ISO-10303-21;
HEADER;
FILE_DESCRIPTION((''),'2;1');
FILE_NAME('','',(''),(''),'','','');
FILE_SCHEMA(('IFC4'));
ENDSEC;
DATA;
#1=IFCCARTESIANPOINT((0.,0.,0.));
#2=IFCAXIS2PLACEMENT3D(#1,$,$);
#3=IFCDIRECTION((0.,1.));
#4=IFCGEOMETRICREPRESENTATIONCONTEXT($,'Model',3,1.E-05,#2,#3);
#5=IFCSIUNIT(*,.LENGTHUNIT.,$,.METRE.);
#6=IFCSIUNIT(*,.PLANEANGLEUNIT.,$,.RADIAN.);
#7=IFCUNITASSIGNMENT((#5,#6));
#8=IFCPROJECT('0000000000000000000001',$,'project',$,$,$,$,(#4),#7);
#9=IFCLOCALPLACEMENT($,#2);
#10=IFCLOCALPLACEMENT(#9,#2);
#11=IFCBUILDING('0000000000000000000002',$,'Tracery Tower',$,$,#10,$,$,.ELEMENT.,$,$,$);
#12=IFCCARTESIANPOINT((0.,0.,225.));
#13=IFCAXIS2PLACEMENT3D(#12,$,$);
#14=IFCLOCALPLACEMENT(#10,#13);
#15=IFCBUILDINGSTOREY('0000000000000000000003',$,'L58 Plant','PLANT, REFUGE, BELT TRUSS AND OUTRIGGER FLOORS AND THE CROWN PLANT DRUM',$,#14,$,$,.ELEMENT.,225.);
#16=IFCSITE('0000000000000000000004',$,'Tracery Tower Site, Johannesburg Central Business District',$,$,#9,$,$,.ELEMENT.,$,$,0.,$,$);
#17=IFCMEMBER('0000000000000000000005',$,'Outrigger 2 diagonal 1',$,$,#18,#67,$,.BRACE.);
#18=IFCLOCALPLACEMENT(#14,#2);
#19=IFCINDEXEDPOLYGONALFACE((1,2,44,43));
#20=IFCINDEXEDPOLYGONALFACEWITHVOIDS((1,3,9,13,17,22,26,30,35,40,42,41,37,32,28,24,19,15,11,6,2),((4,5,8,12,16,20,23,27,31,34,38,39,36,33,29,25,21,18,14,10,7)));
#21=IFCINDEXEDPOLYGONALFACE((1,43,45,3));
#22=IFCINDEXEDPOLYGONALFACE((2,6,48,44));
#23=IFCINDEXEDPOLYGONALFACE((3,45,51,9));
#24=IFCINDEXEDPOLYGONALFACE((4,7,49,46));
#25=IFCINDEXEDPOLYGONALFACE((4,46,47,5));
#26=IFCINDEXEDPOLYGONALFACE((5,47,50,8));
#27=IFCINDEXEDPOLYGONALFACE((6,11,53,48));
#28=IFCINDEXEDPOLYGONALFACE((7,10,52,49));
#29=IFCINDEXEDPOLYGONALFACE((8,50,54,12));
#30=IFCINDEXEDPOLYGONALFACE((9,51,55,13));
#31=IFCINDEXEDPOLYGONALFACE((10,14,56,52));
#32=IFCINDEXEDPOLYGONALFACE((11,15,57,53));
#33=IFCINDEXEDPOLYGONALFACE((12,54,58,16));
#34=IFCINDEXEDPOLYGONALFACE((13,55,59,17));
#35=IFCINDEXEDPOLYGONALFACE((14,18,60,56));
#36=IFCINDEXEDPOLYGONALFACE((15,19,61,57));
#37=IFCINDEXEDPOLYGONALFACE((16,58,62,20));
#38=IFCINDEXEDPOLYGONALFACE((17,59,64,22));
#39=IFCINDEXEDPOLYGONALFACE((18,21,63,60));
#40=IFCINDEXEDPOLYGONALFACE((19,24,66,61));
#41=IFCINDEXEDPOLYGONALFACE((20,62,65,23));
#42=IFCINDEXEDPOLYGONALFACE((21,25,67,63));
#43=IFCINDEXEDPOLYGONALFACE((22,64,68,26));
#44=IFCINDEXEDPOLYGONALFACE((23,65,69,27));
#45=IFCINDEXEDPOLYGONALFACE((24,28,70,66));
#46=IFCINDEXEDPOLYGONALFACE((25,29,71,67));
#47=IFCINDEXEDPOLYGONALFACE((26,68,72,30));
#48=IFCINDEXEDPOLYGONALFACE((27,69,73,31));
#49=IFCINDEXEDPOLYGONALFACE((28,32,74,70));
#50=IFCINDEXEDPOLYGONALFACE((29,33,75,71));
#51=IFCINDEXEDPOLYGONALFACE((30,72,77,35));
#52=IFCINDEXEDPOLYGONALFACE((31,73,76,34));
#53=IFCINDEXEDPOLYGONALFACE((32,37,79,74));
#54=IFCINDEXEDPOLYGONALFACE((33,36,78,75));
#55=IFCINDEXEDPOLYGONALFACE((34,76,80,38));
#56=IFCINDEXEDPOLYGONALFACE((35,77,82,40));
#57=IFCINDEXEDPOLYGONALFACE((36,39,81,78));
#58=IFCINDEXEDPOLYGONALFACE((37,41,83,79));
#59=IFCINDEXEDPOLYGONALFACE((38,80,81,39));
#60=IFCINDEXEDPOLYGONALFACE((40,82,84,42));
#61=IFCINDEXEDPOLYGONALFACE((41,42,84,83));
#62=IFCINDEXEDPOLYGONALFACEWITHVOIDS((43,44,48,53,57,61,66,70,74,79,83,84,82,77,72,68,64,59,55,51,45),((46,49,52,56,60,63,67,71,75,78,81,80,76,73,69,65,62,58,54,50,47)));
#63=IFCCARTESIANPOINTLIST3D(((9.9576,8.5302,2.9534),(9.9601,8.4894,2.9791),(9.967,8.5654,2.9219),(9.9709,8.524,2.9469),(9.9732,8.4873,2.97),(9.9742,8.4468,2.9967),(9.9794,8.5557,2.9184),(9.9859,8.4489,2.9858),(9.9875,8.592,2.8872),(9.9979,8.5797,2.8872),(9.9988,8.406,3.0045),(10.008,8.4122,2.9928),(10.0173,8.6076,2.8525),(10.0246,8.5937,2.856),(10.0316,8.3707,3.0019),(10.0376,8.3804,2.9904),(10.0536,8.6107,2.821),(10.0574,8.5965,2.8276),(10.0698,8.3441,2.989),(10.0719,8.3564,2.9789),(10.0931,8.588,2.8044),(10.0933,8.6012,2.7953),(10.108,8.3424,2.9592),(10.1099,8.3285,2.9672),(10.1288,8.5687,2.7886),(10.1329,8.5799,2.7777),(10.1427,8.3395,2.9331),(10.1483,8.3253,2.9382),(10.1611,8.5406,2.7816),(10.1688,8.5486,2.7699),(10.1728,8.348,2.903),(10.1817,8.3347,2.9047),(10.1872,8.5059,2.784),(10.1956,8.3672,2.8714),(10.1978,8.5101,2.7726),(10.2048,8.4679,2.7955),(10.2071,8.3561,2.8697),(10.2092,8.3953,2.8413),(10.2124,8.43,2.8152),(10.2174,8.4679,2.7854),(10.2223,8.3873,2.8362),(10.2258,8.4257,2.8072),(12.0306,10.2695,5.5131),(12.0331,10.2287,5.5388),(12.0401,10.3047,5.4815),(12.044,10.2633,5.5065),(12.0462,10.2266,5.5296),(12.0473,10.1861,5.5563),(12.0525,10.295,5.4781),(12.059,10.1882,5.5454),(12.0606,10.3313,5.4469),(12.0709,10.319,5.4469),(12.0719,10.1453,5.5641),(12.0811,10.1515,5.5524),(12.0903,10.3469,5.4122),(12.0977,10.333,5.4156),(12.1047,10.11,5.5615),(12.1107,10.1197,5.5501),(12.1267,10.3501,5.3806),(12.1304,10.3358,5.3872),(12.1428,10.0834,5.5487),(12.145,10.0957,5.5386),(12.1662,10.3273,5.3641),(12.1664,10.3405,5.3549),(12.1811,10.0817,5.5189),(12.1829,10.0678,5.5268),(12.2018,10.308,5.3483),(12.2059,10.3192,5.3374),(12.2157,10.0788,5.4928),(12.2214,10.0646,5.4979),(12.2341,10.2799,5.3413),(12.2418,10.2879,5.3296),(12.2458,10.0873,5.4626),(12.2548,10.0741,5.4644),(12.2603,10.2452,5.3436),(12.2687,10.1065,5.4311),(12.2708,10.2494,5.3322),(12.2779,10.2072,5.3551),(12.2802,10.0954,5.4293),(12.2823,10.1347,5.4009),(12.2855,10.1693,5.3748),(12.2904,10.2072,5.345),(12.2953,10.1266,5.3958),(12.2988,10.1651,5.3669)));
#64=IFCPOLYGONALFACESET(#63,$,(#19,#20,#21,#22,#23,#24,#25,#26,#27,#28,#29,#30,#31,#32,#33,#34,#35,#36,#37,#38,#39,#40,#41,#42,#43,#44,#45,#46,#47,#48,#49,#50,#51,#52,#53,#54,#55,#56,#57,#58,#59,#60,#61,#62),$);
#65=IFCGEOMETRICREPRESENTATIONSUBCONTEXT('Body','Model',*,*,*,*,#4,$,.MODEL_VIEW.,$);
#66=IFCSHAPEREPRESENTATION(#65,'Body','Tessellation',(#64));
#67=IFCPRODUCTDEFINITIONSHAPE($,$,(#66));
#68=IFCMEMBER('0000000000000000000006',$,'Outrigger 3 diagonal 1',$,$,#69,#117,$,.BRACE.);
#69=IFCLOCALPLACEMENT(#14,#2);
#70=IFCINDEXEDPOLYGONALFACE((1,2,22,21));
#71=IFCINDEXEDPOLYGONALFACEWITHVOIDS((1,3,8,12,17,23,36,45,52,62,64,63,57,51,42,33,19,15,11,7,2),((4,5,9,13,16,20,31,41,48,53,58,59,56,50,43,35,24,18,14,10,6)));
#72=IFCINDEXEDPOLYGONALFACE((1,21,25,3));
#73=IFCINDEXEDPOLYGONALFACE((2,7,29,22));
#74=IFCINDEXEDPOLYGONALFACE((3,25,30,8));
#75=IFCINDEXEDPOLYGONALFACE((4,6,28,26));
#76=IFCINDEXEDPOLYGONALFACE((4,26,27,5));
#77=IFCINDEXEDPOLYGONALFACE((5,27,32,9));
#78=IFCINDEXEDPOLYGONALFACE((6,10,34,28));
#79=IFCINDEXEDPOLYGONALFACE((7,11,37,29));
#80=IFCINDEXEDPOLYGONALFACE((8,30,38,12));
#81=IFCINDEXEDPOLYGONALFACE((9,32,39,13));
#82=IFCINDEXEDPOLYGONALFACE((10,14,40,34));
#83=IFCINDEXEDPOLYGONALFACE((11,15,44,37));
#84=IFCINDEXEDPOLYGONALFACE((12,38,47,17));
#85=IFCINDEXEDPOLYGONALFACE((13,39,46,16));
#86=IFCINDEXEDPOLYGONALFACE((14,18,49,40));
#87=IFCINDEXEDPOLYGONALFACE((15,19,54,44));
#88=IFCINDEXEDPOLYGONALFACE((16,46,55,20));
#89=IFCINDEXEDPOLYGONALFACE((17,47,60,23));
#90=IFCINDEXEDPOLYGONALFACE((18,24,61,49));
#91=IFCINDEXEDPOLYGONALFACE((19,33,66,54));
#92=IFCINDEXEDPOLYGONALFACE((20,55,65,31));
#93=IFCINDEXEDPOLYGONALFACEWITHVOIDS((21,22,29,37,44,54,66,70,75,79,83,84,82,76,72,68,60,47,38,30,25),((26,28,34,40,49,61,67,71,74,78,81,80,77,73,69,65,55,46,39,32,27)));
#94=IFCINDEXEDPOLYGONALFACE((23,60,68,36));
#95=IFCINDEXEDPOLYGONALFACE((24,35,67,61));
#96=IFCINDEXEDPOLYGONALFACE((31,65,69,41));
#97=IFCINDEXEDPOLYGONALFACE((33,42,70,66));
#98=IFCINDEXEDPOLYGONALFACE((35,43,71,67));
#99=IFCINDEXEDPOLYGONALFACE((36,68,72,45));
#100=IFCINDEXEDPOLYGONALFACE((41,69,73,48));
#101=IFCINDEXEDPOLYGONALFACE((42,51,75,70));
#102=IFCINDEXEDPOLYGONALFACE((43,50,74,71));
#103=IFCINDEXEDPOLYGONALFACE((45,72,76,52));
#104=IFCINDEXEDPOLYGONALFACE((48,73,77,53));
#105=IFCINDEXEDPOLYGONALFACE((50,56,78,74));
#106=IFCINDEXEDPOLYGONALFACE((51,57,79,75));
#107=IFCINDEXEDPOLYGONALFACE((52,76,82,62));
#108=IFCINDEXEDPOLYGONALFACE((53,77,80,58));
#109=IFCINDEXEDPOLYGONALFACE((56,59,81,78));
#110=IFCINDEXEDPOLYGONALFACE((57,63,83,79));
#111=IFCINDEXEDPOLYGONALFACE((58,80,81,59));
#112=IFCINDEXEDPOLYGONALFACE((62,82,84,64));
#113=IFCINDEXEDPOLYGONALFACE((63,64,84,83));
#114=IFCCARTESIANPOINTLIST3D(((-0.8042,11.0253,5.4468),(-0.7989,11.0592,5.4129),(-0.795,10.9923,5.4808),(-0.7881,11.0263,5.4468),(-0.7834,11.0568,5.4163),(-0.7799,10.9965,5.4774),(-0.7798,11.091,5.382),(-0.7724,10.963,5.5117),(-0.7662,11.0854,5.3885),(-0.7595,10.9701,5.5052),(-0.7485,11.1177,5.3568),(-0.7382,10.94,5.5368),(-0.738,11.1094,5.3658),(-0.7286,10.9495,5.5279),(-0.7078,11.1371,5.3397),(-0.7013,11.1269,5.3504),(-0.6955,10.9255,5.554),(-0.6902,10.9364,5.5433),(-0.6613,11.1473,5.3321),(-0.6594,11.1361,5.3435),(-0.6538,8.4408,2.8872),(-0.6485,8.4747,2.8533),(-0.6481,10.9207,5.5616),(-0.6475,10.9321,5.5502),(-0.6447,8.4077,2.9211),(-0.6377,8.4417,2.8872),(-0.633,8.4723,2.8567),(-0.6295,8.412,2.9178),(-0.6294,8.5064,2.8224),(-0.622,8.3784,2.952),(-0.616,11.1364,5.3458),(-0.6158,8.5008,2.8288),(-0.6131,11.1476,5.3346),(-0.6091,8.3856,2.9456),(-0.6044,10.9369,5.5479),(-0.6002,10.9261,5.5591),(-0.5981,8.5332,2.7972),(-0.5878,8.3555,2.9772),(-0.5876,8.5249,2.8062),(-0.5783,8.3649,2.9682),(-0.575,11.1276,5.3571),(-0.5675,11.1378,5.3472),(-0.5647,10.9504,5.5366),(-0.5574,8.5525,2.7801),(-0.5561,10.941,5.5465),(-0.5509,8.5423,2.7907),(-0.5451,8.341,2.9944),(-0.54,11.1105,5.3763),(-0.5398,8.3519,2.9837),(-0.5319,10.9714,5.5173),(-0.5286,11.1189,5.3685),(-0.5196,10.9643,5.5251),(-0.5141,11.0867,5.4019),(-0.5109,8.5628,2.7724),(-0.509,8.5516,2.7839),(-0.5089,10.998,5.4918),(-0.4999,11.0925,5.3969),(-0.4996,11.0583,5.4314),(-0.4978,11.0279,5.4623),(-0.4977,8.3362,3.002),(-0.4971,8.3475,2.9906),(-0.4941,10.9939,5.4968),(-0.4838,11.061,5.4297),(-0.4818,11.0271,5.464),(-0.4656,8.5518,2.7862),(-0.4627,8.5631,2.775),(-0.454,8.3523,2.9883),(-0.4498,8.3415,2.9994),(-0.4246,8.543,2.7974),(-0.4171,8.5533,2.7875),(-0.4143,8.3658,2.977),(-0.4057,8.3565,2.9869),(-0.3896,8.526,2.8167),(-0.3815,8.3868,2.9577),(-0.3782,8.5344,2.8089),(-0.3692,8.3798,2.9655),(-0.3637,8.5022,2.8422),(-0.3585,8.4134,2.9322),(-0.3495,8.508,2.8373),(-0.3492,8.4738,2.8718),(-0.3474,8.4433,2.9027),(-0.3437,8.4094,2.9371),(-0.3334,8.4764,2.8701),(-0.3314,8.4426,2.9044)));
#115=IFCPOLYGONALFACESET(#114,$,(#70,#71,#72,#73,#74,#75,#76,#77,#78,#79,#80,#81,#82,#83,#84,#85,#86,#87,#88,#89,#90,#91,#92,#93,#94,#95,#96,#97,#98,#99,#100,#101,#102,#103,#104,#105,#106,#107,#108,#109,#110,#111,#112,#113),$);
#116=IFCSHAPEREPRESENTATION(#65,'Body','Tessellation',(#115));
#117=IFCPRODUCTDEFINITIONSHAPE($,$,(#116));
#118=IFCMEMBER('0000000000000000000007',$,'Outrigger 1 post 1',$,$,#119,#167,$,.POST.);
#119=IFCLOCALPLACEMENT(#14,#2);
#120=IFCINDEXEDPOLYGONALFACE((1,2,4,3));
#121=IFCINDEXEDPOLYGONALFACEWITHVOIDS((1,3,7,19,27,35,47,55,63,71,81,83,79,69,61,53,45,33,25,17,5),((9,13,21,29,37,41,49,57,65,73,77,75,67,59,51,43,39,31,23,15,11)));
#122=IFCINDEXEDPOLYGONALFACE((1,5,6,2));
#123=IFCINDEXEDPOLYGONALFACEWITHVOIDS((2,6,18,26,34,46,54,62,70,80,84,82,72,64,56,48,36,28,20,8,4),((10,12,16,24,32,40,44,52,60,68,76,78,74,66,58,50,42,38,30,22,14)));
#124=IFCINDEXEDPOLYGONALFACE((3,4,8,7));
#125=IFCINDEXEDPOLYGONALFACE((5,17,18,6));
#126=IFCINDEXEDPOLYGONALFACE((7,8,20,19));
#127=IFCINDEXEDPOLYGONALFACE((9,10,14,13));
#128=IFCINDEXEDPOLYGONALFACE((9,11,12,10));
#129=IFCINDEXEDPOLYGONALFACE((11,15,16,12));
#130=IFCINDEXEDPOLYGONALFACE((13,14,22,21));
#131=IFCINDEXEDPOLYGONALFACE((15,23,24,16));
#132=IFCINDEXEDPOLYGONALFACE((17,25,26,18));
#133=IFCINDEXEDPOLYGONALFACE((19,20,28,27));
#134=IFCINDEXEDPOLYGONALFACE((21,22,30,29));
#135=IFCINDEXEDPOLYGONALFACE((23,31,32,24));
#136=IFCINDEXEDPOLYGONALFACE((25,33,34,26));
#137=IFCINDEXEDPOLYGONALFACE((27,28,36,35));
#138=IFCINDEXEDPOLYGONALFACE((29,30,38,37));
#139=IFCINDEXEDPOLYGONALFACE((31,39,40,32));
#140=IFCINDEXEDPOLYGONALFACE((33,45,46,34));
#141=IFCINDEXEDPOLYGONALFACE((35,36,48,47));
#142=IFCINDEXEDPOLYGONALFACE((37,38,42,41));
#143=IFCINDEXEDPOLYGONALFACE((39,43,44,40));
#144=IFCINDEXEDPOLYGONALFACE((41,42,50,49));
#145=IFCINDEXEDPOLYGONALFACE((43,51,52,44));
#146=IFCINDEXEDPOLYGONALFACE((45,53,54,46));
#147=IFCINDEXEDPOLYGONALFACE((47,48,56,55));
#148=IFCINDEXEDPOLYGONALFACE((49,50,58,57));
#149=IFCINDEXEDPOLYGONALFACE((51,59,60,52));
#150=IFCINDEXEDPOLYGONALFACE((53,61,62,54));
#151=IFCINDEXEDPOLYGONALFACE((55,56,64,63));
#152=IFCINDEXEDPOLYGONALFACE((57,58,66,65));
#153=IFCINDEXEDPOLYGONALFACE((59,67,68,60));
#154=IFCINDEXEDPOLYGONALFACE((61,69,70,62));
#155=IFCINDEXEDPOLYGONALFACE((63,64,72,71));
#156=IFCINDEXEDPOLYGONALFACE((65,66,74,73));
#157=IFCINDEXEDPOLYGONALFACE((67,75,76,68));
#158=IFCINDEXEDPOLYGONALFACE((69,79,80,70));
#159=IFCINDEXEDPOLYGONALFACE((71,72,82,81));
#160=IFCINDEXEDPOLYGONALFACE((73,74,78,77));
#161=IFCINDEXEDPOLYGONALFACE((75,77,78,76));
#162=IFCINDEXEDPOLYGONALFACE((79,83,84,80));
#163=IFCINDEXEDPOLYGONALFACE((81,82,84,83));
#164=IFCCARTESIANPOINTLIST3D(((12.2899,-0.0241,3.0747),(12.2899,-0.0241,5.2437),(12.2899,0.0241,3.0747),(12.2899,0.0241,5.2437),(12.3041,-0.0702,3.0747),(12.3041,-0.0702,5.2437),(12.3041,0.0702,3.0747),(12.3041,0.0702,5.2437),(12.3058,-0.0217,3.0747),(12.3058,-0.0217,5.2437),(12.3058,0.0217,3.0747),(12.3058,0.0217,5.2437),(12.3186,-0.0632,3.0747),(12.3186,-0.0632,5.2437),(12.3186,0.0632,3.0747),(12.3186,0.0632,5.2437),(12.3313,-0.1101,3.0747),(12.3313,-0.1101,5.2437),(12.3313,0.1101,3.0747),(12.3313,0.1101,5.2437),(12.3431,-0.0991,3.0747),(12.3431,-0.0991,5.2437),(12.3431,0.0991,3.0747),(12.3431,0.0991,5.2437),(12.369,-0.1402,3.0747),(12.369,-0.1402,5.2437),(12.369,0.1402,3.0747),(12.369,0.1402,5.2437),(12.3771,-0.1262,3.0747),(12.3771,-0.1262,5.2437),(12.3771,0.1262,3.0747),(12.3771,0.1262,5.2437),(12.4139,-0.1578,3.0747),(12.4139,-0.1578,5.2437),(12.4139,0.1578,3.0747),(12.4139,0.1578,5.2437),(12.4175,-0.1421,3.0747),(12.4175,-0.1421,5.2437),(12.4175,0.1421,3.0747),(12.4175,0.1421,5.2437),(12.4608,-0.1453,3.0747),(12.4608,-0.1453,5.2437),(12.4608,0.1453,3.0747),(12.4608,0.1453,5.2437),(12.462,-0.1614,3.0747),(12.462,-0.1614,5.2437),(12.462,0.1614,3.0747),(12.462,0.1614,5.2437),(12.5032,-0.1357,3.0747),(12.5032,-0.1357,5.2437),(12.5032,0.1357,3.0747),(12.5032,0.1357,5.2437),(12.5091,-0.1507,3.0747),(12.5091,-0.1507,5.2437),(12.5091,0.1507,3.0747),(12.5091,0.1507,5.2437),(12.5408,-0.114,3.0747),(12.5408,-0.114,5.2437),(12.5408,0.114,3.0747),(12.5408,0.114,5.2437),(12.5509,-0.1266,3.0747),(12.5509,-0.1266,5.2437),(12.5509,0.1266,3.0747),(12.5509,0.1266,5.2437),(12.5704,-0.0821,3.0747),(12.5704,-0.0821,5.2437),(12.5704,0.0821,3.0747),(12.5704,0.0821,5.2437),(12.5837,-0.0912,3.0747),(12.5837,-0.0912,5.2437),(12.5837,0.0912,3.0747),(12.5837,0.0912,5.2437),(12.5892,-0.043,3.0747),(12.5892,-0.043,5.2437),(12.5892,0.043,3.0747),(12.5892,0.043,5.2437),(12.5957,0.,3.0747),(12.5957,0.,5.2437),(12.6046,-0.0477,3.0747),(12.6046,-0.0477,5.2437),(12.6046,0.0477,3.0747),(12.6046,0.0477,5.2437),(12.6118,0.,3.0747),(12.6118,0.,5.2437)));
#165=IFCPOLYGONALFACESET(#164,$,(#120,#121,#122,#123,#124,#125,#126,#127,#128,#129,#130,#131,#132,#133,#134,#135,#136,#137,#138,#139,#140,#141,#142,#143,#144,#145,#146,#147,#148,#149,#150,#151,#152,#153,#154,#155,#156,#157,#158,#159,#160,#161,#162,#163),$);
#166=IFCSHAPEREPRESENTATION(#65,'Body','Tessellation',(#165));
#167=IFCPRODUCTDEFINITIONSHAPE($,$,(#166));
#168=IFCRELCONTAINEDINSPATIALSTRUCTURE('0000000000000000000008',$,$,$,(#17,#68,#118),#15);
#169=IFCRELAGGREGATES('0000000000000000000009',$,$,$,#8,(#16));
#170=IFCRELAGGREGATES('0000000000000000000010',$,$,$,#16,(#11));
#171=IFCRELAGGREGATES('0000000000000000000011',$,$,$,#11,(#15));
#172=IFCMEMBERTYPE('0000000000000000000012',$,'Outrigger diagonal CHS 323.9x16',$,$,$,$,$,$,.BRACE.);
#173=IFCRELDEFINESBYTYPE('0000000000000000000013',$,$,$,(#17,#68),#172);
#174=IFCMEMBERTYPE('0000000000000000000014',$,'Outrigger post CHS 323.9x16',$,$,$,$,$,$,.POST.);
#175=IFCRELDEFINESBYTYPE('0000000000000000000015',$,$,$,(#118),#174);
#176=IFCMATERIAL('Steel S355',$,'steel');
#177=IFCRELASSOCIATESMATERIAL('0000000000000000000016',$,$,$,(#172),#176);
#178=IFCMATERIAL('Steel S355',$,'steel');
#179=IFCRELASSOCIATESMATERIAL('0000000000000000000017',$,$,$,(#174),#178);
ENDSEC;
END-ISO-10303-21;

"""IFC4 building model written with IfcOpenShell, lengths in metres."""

from ifc_helpers import new_model, si_unit, direction, frame, origin, origin_2d, place, context, subcontext, project, spatial, hollow_circle, extrude, material, material_profile, profile_set, type_object, element, save


model = new_model("IFC4")

# Units and contexts
model_context = context("Model", 3, precision=1e-05, world=origin(), true_north=direction((0.0, 1.0)))
body_context = subcontext(model_context, "Body", "Model", "MODEL_VIEW")
ifc_project = project(units=[si_unit("LENGTHUNIT", "METRE"), si_unit("PLANEANGLEUNIT", "RADIAN")], contexts=[model_context])

# Site, building, storey
site_placement = place(None, origin())
site = spatial("IfcSite", under=ifc_project, at=site_placement, Name="Tracery Tower Site, Johannesburg Central Business District", CompositionType="ELEMENT", RefElevation=0.0)
building_placement = place(site_placement, origin())
building = spatial("IfcBuilding", under=site, at=building_placement, Name="Tracery Tower", CompositionType="ELEMENT")
storey_placement = place(building_placement, frame((0.0, 0.0, 225.0)))
storey = spatial("IfcBuildingStorey", under=building, at=storey_placement, Name="L58 Plant", Description="PLANT, REFUGE, BELT TRUSS AND OUTRIGGER FLOORS AND THE CROWN PLANT DRUM", CompositionType="ELEMENT", Elevation=225.0)

# Members
ifc_material_1 = material(Name="Steel S355", Category="steel")
ifc_material_profile_1 = material_profile(ifc_material_1, hollow_circle(Radius=0.1619, WallThickness=0.0161, at=origin_2d()), Name="CHS 323.9x16")
ifc_profile_set_1 = profile_set([ifc_material_profile_1], Name="Steel S355")
member_type_1 = type_object("IfcMemberType", Name="Outrigger diagonal CHS 323.9x16", PredefinedType="BRACE", material=ifc_profile_set_1)
member_1_placement = place(storey_placement, frame((10.0916, 8.468, 2.8872), z_axis=(0.556547, 0.466947, 0.68718), x_axis=(-0.642746, 0.76608, 0.0)))
element("IfcMember", 1, at=member_1_placement, inside=storey, type_object=member_type_1, Name="Outrigger 2 diagonal 1", PredefinedType="BRACE", context=body_context, shape_type="SweptSolid", body=[
    extrude(hollow_circle(Radius=0.1619, WallThickness=0.0161, at=origin_2d()), origin(), (0.0, 0.0, 1.0), 3.7249),
])
member_2_placement = place(storey_placement, frame((-0.4922, 8.4502, 2.8872), z_axis=(-0.04131, 0.709915, 0.703075), x_axis=(-0.998311, -0.058092, 0.0)))
element("IfcMember", 2, at=member_2_placement, inside=storey, type_object=member_type_1, Name="Outrigger 3 diagonal 1", PredefinedType="BRACE", context=body_context, shape_type="SweptSolid", body=[
    extrude(hollow_circle(Radius=0.1619, WallThickness=0.0161, at=origin_2d()), origin(), (0.0, 0.0, 1.0), 3.6406),
])
ifc_material_2 = material(Name="Steel S355", Category="steel")
ifc_material_profile_2 = material_profile(ifc_material_2, hollow_circle(Radius=0.1619, WallThickness=0.0161, at=origin_2d()), Name="CHS 323.9x16")
ifc_profile_set_2 = profile_set([ifc_material_profile_2], Name="Steel S355")
member_type_2 = type_object("IfcMemberType", Name="Outrigger post CHS 323.9x16", PredefinedType="POST", material=ifc_profile_set_2)
for number, where, z_axis, x_axis, name in (
    (3, (12.45, 0.0, 3.0747), (0.0, 0.0, 1.0), (1.0, 0.0, 0.0), "Outrigger 1 post 1"),
):
    element("IfcMember", number, at=place(storey_placement, frame(where, z_axis=z_axis, x_axis=x_axis)), inside=storey, type_object=member_type_2, Name=name, PredefinedType="POST", context=body_context, shape_type="SweptSolid", body=[
        extrude(hollow_circle(Radius=0.1619, WallThickness=0.0161, at=origin_2d()), origin(), (0.0, 0.0, 1.0), 2.1689),
    ])

save(model, "model.ifc")
